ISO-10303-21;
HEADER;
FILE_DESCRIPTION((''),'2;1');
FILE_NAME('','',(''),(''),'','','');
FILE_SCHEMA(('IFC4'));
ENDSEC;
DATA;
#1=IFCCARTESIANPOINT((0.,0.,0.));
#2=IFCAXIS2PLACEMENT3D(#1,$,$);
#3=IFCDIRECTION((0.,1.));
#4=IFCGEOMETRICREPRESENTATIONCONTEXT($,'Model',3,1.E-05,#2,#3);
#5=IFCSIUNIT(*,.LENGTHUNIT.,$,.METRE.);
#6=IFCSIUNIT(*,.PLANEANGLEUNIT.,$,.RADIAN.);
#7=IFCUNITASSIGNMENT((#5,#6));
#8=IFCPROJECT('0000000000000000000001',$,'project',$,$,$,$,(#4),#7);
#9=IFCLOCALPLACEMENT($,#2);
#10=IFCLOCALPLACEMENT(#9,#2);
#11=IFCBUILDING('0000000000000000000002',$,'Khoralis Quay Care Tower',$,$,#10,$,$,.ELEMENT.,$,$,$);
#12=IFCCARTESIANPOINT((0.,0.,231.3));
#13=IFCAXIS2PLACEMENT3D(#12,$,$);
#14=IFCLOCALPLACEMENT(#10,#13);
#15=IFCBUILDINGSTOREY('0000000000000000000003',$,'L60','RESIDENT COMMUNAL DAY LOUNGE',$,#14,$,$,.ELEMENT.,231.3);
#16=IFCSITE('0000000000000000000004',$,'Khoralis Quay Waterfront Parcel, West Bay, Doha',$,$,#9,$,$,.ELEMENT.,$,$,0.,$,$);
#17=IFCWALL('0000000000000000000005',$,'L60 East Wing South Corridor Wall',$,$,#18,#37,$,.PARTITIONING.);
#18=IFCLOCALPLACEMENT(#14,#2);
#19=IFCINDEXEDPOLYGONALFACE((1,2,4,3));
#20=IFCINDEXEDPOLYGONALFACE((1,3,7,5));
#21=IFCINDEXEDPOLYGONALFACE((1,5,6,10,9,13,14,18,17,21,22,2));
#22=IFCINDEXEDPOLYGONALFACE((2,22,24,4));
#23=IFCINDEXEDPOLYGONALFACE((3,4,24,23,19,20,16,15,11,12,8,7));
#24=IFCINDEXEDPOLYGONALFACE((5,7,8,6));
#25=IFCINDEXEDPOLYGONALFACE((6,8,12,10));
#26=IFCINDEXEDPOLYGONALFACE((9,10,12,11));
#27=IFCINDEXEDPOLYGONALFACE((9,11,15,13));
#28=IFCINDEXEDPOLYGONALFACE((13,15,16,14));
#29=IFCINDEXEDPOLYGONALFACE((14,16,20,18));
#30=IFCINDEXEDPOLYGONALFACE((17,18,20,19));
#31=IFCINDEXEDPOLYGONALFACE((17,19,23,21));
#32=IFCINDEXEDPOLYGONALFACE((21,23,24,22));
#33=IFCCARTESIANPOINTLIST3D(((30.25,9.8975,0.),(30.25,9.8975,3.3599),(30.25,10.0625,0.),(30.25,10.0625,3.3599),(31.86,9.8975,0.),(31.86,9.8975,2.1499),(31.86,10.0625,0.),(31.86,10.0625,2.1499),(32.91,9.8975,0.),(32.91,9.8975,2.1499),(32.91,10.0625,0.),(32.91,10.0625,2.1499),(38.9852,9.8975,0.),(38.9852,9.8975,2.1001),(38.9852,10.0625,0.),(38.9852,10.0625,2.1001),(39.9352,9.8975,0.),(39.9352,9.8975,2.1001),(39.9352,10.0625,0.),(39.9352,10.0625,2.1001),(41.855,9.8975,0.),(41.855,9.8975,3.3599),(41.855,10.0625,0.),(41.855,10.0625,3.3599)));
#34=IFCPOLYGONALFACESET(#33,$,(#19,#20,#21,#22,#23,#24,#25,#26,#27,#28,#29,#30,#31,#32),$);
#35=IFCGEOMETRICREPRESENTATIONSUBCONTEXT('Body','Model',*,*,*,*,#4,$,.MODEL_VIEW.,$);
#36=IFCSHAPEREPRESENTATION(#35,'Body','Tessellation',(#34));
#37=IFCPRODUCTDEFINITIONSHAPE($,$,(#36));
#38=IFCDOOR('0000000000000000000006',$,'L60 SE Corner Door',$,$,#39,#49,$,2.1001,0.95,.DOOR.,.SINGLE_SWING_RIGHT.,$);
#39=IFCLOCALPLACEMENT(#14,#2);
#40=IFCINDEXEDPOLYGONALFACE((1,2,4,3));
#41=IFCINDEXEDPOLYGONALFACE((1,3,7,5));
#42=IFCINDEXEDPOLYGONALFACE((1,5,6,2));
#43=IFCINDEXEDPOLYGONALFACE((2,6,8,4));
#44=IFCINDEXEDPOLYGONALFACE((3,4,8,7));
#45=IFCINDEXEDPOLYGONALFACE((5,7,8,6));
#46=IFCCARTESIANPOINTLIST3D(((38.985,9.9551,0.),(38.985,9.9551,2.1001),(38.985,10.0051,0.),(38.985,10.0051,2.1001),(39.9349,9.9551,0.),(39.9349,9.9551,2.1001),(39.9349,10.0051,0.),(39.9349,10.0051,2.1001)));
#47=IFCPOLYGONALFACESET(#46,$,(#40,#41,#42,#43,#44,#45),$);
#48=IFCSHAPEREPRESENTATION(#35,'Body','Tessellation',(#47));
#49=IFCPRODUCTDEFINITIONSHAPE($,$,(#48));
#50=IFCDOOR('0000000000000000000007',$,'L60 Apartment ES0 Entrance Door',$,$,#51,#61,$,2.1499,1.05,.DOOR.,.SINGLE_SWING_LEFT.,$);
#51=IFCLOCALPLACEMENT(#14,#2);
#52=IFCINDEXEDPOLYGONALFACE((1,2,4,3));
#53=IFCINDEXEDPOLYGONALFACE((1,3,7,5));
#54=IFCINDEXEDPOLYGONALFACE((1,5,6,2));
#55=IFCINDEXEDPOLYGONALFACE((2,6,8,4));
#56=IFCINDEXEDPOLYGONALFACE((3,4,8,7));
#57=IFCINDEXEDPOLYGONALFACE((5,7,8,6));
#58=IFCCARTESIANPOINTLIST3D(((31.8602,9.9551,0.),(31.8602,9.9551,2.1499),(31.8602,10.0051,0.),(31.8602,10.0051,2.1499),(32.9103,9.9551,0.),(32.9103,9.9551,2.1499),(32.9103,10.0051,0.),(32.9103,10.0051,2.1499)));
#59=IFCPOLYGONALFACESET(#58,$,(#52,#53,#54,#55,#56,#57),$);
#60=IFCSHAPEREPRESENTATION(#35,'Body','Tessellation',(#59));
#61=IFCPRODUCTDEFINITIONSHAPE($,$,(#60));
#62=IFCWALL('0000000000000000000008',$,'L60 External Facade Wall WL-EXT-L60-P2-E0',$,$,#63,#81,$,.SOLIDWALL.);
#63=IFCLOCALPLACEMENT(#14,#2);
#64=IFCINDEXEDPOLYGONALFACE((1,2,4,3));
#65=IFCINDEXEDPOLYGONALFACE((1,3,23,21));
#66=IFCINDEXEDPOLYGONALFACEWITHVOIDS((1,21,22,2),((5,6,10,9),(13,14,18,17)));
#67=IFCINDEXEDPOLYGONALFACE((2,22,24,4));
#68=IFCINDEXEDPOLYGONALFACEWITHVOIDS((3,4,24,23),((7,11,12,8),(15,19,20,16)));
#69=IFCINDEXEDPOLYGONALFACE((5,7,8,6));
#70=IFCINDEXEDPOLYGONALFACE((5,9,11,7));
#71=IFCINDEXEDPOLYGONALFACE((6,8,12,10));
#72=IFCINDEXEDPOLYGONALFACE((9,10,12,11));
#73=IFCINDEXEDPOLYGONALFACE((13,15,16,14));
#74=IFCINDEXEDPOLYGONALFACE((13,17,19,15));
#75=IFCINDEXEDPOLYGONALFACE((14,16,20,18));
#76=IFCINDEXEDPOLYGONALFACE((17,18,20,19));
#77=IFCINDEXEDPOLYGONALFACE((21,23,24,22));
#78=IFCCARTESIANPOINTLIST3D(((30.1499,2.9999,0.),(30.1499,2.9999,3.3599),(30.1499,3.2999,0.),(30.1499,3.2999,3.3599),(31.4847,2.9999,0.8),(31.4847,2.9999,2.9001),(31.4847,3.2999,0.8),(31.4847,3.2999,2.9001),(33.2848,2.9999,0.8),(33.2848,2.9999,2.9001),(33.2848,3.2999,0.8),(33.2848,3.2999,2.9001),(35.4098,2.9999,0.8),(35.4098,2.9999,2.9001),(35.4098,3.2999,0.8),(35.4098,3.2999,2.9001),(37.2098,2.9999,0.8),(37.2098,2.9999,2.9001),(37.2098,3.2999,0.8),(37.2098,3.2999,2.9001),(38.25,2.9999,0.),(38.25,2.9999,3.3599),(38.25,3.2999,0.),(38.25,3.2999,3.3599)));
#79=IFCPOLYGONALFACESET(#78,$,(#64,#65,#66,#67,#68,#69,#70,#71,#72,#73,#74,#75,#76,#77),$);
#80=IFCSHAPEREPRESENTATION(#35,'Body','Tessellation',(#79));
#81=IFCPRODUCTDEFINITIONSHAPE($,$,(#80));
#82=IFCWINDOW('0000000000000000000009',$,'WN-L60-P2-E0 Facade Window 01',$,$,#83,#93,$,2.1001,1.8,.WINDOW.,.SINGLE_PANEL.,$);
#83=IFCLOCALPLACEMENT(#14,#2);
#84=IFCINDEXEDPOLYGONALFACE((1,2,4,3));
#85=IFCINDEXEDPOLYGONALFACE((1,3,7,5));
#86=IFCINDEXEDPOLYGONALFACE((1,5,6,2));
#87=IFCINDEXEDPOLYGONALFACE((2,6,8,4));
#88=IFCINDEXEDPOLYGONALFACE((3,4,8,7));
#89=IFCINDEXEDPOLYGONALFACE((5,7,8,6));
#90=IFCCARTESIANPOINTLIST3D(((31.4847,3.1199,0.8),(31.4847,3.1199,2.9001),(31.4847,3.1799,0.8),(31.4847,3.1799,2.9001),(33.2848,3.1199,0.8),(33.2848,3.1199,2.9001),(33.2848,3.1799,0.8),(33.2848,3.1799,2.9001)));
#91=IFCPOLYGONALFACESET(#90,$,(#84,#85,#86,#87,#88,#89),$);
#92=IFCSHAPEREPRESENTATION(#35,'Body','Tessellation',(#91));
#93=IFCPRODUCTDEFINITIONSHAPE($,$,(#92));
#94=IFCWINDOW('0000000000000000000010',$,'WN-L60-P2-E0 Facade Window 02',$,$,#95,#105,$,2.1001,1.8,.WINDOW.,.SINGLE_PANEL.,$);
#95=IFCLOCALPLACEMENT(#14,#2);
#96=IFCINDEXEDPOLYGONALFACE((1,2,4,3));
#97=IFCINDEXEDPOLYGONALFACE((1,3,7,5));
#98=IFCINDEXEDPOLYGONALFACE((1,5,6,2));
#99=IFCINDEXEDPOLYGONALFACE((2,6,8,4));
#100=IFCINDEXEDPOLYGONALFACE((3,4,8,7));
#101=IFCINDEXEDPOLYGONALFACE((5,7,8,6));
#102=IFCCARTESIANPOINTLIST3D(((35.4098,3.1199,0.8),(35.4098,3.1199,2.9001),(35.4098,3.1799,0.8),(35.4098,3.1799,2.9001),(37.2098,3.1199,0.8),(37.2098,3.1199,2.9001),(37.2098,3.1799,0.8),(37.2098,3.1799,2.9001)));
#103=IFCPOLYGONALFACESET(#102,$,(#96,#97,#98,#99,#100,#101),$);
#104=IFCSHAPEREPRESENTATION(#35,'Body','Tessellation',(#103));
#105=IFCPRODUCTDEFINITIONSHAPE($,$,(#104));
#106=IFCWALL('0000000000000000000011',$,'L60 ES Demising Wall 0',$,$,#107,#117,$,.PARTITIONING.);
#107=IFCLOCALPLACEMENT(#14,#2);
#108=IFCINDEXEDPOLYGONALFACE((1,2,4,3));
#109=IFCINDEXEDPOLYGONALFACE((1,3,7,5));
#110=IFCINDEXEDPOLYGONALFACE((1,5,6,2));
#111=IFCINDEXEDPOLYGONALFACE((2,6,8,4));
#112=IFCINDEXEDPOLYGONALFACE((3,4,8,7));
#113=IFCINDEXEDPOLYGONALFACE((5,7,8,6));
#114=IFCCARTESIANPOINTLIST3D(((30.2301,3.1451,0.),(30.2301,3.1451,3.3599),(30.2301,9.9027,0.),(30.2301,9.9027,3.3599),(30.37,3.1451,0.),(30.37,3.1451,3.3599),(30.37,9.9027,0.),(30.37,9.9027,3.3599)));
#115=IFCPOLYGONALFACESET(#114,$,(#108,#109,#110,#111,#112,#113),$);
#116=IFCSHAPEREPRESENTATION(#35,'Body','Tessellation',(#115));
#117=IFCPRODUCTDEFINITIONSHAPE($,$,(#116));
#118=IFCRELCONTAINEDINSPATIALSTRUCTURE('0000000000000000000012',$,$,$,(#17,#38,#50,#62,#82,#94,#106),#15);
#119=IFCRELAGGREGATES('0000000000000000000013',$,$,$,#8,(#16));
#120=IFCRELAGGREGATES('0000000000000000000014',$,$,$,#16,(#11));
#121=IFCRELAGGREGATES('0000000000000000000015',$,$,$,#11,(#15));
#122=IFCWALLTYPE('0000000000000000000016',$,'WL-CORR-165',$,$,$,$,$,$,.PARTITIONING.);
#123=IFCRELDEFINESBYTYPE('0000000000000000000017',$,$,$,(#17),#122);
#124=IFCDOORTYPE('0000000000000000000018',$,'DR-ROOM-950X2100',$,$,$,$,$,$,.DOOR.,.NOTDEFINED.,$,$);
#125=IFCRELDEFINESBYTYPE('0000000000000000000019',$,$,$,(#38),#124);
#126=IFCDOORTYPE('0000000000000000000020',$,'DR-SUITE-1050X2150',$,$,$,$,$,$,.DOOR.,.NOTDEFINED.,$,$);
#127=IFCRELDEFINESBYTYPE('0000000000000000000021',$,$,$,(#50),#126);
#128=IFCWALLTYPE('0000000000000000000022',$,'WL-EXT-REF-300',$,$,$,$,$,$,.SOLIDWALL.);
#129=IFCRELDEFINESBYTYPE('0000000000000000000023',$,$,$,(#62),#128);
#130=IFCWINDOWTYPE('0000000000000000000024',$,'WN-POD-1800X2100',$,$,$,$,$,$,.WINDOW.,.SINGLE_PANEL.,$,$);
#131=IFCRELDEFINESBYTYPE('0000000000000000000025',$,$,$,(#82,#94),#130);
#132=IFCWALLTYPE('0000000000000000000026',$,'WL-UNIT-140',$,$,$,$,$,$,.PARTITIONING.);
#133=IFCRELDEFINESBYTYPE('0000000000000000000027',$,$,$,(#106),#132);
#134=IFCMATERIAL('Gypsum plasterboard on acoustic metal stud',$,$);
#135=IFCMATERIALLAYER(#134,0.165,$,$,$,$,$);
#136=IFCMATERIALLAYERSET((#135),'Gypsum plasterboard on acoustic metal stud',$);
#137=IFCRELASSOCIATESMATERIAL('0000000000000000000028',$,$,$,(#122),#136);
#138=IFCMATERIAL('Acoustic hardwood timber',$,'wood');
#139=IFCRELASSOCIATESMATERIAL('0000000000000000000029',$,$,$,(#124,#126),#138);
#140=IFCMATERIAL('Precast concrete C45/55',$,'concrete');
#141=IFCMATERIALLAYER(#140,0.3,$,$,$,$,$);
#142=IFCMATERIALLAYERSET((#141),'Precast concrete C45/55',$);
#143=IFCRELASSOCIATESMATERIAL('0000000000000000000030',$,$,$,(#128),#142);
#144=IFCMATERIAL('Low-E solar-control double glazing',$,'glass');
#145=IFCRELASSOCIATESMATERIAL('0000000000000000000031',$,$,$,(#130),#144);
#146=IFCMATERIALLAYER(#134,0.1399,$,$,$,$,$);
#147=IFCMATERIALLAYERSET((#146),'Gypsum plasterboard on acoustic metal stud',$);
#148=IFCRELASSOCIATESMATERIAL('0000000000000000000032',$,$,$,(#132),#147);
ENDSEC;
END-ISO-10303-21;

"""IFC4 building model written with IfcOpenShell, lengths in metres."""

from ifc_helpers import new_model, si_unit, direction, frame, frame_2d, origin, place, context, subcontext, project, spatial, rectangle, extrude, source, transform, mapped, material, layer, layer_set, type_object, element, fill, save


model = new_model("IFC4")

# Units and contexts
model_context = context("Model", 3, precision=1e-05, world=origin(), true_north=direction((0.0, 1.0)))
body_context = subcontext(model_context, "Body", "Model", "MODEL_VIEW")
ifc_project = project(units=[si_unit("LENGTHUNIT", "METRE"), si_unit("PLANEANGLEUNIT", "RADIAN")], contexts=[model_context])

# Site, building, storey
site_placement = place(None, origin())
site = spatial("IfcSite", under=ifc_project, at=site_placement, Name="Khoralis Quay Waterfront Parcel, West Bay, Doha", CompositionType="ELEMENT", RefElevation=0.0)
building_placement = place(site_placement, origin())
building = spatial("IfcBuilding", under=site, at=building_placement, Name="Khoralis Quay Care Tower", CompositionType="ELEMENT")
storey_placement = place(building_placement, frame((0.0, 0.0, 231.3)))
storey = spatial("IfcBuildingStorey", under=building, at=storey_placement, Name="L60", Description="RESIDENT COMMUNAL DAY LOUNGE", CompositionType="ELEMENT", Elevation=231.3)

# Shared definitions
ifc_material_1 = material(Name="Low-E solar-control double glazing", Category="glass")

# Wall, openings, doors
ifc_material_2 = material(Name="Gypsum plasterboard on acoustic metal stud")
ifc_layer_1 = layer(ifc_material_2, 0.165)
ifc_layer_set_1 = layer_set([ifc_layer_1], Name="Gypsum plasterboard on acoustic metal stud")
wall_type_1 = type_object("IfcWallType", Name="WL-CORR-165", PredefinedType="PARTITIONING", material=ifc_layer_set_1)
wall_1_placement = place(storey_placement, frame((30.25, 9.98, 0.0), z_axis=(0.0, 0.0, 1.0), x_axis=(1.0, 0.0, 0.0)))
wall_1 = element("IfcWall", 1, at=wall_1_placement, inside=storey, type_object=wall_type_1, Name="L60 East Wing South Corridor Wall", PredefinedType="PARTITIONING", context=body_context, shape_type="SweptSolid", body=[
    extrude(rectangle(XDim=11.605, YDim=0.165, at=frame_2d((5.8025, 0.0))), origin(), (0.0, 0.0, 1.0), 3.3599),
])
opening_1_placement = place(wall_1_placement, frame((1.6101, 0.0, 0.0)))
opening_1 = element("IfcOpeningElement", 2, at=opening_1_placement, cuts=wall_1, PredefinedType="OPENING", context=body_context, shape_type="SweptSolid", body=[
    extrude(rectangle(XDim=1.05, YDim=2.1499, at=frame_2d((0.5249, 1.075))), frame((0.0, 0.0925, 0.0), z_axis=(0.0, -1.0, 0.0), x_axis=(1.0, 0.0, 0.0)), (0.0, 0.0, 1.0), 0.1851),
])
opening_2_placement = place(wall_1_placement, frame((8.7351, 0.0, 0.0)))
opening_2 = element("IfcOpeningElement", 3, at=opening_2_placement, cuts=wall_1, PredefinedType="OPENING", context=body_context, shape_type="SweptSolid", body=[
    extrude(rectangle(XDim=0.95, YDim=2.1001, at=frame_2d((0.4751, 1.05))), frame((0.0, 0.0925, 0.0), z_axis=(0.0, -1.0, 0.0), x_axis=(1.0, 0.0, 0.0)), (0.0, 0.0, 1.0), 0.1851),
])
ifc_material_3 = material(Name="Acoustic hardwood timber", Category="wood")
door_type_1 = type_object("IfcDoorType", Name="DR-ROOM-950X2100", OperationType="NOTDEFINED", PredefinedType="DOOR", material=ifc_material_3)
shared_shape_1 = source(origin(), body_context, "Body", "SweptSolid", [
    extrude(rectangle(XDim=0.95, YDim=2.1001, at=frame_2d((0.4751, 1.05))), frame((0.0, 0.0249, 0.0), z_axis=(0.0, -1.0, 0.0), x_axis=(1.0, 0.0, 0.0)), (0.0, 0.0, 1.0), 0.05),
])
door_1_placement = place(opening_2_placement, frame((0.95, 0.0, 0.0), z_axis=(0.0, 0.0, 1.0), x_axis=(-1.0, 0.0, 0.0)))
door_1 = element("IfcDoor", 4, at=door_1_placement, inside=storey, type_object=door_type_1, Name="L60 SE Corner Door", OperationType="SINGLE_SWING_RIGHT", OverallHeight=2.1001, OverallWidth=0.95, PredefinedType="DOOR", context=body_context, shape_type="MappedRepresentation", body=[
    mapped(shared_shape_1, transform((0.0, 0.0, 0.0), scale=1.0)),
])
fill(opening_2, door_1)
door_type_2 = type_object("IfcDoorType", Name="DR-SUITE-1050X2150", OperationType="NOTDEFINED", PredefinedType="DOOR", material=ifc_material_3)
shared_shape_2 = source(origin(), body_context, "Body", "SweptSolid", [
    extrude(rectangle(XDim=1.05, YDim=2.1499, at=frame_2d((0.5249, 1.075))), frame((0.0, 0.0249, 0.0), z_axis=(0.0, -1.0, 0.0), x_axis=(1.0, 0.0, 0.0)), (0.0, 0.0, 1.0), 0.05),
])
door_2_placement = place(opening_1_placement, frame((1.05, 0.0, 0.0), z_axis=(0.0, 0.0, 1.0), x_axis=(-1.0, 0.0, 0.0)))
door_2 = element("IfcDoor", 5, at=door_2_placement, inside=storey, type_object=door_type_2, Name="L60 Apartment ES0 Entrance Door", OperationType="SINGLE_SWING_LEFT", OverallHeight=2.1499, OverallWidth=1.05, PredefinedType="DOOR", context=body_context, shape_type="MappedRepresentation", body=[
    mapped(shared_shape_2, transform((0.0, 0.0, 0.0), scale=1.0)),
])
fill(opening_1, door_2)

# Wall, openings, windows
ifc_material_4 = material(Name="Precast concrete C45/55", Category="concrete")
ifc_layer_2 = layer(ifc_material_4, 0.3)
ifc_layer_set_2 = layer_set([ifc_layer_2], Name="Precast concrete C45/55")
wall_type_2 = type_object("IfcWallType", Name="WL-EXT-REF-300", PredefinedType="SOLIDWALL", material=ifc_layer_set_2)
wall_2_placement = place(storey_placement, frame((30.1499, 3.1499, 0.0), z_axis=(0.0, 0.0, 1.0), x_axis=(1.0, 0.0, 0.0)))
wall_2 = element("IfcWall", 6, at=wall_2_placement, inside=storey, type_object=wall_type_2, Name="L60 External Facade Wall WL-EXT-L60-P2-E0", PredefinedType="SOLIDWALL", context=body_context, shape_type="SweptSolid", body=[
    extrude(rectangle(XDim=8.1001, YDim=0.3, at=frame_2d((4.05, 0.0))), origin(), (0.0, 0.0, 1.0), 3.3599),
])
opening_3_placement = place(wall_2_placement, frame((1.335, 0.0, 0.8)))
opening_3 = element("IfcOpeningElement", 7, at=opening_3_placement, cuts=wall_2, PredefinedType="OPENING", context=body_context, shape_type="SweptSolid", body=[
    extrude(rectangle(XDim=1.8, YDim=2.1001, at=frame_2d((0.8999, 1.05))), frame((0.0, 0.1602, 0.0), z_axis=(0.0, -1.0, 0.0), x_axis=(1.0, 0.0, 0.0)), (0.0, 0.0, 1.0), 0.3201),
])
opening_4_placement = place(wall_2_placement, frame((5.26, 0.0, 0.8)))
opening_4 = element("IfcOpeningElement", 8, at=opening_4_placement, cuts=wall_2, PredefinedType="OPENING", context=body_context, shape_type="SweptSolid", body=[
    extrude(rectangle(XDim=1.8, YDim=2.1001, at=frame_2d((0.8999, 1.05))), frame((0.0, 0.1602, 0.0), z_axis=(0.0, -1.0, 0.0), x_axis=(1.0, 0.0, 0.0)), (0.0, 0.0, 1.0), 0.3201),
])
window_type = type_object("IfcWindowType", Name="WN-POD-1800X2100", PartitioningType="SINGLE_PANEL", PredefinedType="WINDOW", material=ifc_material_1)
shared_shape_3 = source(origin(), body_context, "Body", "SweptSolid", [
    extrude(rectangle(XDim=1.8, YDim=2.1001, at=frame_2d((0.8999, 1.05))), frame((0.0, 0.03, 0.0), z_axis=(0.0, -1.0, 0.0), x_axis=(1.0, 0.0, 0.0)), (0.0, 0.0, 1.0), 0.0601),
])
window_1_placement = place(opening_3_placement, origin())
window_1 = element("IfcWindow", 9, at=window_1_placement, inside=storey, type_object=window_type, Name="WN-L60-P2-E0 Facade Window 01", OverallHeight=2.1001, OverallWidth=1.8, PartitioningType="SINGLE_PANEL", PredefinedType="WINDOW", context=body_context, shape_type="MappedRepresentation", body=[
    mapped(shared_shape_3, transform((0.0, 0.0, 0.0), scale=1.0)),
])
fill(opening_3, window_1)
window_2_placement = place(opening_4_placement, origin())
window_2 = element("IfcWindow", 10, at=window_2_placement, inside=storey, type_object=window_type, Name="WN-L60-P2-E0 Facade Window 02", OverallHeight=2.1001, OverallWidth=1.8, PartitioningType="SINGLE_PANEL", PredefinedType="WINDOW", context=body_context, shape_type="MappedRepresentation", body=[
    mapped(shared_shape_3, transform((0.0, 0.0, 0.0), scale=1.0)),
])
fill(opening_4, window_2)

# Wall
ifc_layer_3 = layer(ifc_material_2, 0.1399)
ifc_layer_set_3 = layer_set([ifc_layer_3], Name="Gypsum plasterboard on acoustic metal stud")
wall_type_3 = type_object("IfcWallType", Name="WL-UNIT-140", PredefinedType="PARTITIONING", material=ifc_layer_set_3)
wall_3_placement = place(storey_placement, frame((30.3, 3.145, 0.0), z_axis=(0.0, 0.0, 1.0), x_axis=(0.0, 1.0, 0.0)))
element("IfcWall", 11, at=wall_3_placement, inside=storey, type_object=wall_type_3, Name="L60 ES Demising Wall 0", PredefinedType="PARTITIONING", context=body_context, shape_type="SweptSolid", body=[
    extrude(rectangle(XDim=6.7576, YDim=0.1399, at=frame_2d((3.3789, 0.0))), origin(), (0.0, 0.0, 1.0), 3.3599),
])

save(model, "model.ifc")
